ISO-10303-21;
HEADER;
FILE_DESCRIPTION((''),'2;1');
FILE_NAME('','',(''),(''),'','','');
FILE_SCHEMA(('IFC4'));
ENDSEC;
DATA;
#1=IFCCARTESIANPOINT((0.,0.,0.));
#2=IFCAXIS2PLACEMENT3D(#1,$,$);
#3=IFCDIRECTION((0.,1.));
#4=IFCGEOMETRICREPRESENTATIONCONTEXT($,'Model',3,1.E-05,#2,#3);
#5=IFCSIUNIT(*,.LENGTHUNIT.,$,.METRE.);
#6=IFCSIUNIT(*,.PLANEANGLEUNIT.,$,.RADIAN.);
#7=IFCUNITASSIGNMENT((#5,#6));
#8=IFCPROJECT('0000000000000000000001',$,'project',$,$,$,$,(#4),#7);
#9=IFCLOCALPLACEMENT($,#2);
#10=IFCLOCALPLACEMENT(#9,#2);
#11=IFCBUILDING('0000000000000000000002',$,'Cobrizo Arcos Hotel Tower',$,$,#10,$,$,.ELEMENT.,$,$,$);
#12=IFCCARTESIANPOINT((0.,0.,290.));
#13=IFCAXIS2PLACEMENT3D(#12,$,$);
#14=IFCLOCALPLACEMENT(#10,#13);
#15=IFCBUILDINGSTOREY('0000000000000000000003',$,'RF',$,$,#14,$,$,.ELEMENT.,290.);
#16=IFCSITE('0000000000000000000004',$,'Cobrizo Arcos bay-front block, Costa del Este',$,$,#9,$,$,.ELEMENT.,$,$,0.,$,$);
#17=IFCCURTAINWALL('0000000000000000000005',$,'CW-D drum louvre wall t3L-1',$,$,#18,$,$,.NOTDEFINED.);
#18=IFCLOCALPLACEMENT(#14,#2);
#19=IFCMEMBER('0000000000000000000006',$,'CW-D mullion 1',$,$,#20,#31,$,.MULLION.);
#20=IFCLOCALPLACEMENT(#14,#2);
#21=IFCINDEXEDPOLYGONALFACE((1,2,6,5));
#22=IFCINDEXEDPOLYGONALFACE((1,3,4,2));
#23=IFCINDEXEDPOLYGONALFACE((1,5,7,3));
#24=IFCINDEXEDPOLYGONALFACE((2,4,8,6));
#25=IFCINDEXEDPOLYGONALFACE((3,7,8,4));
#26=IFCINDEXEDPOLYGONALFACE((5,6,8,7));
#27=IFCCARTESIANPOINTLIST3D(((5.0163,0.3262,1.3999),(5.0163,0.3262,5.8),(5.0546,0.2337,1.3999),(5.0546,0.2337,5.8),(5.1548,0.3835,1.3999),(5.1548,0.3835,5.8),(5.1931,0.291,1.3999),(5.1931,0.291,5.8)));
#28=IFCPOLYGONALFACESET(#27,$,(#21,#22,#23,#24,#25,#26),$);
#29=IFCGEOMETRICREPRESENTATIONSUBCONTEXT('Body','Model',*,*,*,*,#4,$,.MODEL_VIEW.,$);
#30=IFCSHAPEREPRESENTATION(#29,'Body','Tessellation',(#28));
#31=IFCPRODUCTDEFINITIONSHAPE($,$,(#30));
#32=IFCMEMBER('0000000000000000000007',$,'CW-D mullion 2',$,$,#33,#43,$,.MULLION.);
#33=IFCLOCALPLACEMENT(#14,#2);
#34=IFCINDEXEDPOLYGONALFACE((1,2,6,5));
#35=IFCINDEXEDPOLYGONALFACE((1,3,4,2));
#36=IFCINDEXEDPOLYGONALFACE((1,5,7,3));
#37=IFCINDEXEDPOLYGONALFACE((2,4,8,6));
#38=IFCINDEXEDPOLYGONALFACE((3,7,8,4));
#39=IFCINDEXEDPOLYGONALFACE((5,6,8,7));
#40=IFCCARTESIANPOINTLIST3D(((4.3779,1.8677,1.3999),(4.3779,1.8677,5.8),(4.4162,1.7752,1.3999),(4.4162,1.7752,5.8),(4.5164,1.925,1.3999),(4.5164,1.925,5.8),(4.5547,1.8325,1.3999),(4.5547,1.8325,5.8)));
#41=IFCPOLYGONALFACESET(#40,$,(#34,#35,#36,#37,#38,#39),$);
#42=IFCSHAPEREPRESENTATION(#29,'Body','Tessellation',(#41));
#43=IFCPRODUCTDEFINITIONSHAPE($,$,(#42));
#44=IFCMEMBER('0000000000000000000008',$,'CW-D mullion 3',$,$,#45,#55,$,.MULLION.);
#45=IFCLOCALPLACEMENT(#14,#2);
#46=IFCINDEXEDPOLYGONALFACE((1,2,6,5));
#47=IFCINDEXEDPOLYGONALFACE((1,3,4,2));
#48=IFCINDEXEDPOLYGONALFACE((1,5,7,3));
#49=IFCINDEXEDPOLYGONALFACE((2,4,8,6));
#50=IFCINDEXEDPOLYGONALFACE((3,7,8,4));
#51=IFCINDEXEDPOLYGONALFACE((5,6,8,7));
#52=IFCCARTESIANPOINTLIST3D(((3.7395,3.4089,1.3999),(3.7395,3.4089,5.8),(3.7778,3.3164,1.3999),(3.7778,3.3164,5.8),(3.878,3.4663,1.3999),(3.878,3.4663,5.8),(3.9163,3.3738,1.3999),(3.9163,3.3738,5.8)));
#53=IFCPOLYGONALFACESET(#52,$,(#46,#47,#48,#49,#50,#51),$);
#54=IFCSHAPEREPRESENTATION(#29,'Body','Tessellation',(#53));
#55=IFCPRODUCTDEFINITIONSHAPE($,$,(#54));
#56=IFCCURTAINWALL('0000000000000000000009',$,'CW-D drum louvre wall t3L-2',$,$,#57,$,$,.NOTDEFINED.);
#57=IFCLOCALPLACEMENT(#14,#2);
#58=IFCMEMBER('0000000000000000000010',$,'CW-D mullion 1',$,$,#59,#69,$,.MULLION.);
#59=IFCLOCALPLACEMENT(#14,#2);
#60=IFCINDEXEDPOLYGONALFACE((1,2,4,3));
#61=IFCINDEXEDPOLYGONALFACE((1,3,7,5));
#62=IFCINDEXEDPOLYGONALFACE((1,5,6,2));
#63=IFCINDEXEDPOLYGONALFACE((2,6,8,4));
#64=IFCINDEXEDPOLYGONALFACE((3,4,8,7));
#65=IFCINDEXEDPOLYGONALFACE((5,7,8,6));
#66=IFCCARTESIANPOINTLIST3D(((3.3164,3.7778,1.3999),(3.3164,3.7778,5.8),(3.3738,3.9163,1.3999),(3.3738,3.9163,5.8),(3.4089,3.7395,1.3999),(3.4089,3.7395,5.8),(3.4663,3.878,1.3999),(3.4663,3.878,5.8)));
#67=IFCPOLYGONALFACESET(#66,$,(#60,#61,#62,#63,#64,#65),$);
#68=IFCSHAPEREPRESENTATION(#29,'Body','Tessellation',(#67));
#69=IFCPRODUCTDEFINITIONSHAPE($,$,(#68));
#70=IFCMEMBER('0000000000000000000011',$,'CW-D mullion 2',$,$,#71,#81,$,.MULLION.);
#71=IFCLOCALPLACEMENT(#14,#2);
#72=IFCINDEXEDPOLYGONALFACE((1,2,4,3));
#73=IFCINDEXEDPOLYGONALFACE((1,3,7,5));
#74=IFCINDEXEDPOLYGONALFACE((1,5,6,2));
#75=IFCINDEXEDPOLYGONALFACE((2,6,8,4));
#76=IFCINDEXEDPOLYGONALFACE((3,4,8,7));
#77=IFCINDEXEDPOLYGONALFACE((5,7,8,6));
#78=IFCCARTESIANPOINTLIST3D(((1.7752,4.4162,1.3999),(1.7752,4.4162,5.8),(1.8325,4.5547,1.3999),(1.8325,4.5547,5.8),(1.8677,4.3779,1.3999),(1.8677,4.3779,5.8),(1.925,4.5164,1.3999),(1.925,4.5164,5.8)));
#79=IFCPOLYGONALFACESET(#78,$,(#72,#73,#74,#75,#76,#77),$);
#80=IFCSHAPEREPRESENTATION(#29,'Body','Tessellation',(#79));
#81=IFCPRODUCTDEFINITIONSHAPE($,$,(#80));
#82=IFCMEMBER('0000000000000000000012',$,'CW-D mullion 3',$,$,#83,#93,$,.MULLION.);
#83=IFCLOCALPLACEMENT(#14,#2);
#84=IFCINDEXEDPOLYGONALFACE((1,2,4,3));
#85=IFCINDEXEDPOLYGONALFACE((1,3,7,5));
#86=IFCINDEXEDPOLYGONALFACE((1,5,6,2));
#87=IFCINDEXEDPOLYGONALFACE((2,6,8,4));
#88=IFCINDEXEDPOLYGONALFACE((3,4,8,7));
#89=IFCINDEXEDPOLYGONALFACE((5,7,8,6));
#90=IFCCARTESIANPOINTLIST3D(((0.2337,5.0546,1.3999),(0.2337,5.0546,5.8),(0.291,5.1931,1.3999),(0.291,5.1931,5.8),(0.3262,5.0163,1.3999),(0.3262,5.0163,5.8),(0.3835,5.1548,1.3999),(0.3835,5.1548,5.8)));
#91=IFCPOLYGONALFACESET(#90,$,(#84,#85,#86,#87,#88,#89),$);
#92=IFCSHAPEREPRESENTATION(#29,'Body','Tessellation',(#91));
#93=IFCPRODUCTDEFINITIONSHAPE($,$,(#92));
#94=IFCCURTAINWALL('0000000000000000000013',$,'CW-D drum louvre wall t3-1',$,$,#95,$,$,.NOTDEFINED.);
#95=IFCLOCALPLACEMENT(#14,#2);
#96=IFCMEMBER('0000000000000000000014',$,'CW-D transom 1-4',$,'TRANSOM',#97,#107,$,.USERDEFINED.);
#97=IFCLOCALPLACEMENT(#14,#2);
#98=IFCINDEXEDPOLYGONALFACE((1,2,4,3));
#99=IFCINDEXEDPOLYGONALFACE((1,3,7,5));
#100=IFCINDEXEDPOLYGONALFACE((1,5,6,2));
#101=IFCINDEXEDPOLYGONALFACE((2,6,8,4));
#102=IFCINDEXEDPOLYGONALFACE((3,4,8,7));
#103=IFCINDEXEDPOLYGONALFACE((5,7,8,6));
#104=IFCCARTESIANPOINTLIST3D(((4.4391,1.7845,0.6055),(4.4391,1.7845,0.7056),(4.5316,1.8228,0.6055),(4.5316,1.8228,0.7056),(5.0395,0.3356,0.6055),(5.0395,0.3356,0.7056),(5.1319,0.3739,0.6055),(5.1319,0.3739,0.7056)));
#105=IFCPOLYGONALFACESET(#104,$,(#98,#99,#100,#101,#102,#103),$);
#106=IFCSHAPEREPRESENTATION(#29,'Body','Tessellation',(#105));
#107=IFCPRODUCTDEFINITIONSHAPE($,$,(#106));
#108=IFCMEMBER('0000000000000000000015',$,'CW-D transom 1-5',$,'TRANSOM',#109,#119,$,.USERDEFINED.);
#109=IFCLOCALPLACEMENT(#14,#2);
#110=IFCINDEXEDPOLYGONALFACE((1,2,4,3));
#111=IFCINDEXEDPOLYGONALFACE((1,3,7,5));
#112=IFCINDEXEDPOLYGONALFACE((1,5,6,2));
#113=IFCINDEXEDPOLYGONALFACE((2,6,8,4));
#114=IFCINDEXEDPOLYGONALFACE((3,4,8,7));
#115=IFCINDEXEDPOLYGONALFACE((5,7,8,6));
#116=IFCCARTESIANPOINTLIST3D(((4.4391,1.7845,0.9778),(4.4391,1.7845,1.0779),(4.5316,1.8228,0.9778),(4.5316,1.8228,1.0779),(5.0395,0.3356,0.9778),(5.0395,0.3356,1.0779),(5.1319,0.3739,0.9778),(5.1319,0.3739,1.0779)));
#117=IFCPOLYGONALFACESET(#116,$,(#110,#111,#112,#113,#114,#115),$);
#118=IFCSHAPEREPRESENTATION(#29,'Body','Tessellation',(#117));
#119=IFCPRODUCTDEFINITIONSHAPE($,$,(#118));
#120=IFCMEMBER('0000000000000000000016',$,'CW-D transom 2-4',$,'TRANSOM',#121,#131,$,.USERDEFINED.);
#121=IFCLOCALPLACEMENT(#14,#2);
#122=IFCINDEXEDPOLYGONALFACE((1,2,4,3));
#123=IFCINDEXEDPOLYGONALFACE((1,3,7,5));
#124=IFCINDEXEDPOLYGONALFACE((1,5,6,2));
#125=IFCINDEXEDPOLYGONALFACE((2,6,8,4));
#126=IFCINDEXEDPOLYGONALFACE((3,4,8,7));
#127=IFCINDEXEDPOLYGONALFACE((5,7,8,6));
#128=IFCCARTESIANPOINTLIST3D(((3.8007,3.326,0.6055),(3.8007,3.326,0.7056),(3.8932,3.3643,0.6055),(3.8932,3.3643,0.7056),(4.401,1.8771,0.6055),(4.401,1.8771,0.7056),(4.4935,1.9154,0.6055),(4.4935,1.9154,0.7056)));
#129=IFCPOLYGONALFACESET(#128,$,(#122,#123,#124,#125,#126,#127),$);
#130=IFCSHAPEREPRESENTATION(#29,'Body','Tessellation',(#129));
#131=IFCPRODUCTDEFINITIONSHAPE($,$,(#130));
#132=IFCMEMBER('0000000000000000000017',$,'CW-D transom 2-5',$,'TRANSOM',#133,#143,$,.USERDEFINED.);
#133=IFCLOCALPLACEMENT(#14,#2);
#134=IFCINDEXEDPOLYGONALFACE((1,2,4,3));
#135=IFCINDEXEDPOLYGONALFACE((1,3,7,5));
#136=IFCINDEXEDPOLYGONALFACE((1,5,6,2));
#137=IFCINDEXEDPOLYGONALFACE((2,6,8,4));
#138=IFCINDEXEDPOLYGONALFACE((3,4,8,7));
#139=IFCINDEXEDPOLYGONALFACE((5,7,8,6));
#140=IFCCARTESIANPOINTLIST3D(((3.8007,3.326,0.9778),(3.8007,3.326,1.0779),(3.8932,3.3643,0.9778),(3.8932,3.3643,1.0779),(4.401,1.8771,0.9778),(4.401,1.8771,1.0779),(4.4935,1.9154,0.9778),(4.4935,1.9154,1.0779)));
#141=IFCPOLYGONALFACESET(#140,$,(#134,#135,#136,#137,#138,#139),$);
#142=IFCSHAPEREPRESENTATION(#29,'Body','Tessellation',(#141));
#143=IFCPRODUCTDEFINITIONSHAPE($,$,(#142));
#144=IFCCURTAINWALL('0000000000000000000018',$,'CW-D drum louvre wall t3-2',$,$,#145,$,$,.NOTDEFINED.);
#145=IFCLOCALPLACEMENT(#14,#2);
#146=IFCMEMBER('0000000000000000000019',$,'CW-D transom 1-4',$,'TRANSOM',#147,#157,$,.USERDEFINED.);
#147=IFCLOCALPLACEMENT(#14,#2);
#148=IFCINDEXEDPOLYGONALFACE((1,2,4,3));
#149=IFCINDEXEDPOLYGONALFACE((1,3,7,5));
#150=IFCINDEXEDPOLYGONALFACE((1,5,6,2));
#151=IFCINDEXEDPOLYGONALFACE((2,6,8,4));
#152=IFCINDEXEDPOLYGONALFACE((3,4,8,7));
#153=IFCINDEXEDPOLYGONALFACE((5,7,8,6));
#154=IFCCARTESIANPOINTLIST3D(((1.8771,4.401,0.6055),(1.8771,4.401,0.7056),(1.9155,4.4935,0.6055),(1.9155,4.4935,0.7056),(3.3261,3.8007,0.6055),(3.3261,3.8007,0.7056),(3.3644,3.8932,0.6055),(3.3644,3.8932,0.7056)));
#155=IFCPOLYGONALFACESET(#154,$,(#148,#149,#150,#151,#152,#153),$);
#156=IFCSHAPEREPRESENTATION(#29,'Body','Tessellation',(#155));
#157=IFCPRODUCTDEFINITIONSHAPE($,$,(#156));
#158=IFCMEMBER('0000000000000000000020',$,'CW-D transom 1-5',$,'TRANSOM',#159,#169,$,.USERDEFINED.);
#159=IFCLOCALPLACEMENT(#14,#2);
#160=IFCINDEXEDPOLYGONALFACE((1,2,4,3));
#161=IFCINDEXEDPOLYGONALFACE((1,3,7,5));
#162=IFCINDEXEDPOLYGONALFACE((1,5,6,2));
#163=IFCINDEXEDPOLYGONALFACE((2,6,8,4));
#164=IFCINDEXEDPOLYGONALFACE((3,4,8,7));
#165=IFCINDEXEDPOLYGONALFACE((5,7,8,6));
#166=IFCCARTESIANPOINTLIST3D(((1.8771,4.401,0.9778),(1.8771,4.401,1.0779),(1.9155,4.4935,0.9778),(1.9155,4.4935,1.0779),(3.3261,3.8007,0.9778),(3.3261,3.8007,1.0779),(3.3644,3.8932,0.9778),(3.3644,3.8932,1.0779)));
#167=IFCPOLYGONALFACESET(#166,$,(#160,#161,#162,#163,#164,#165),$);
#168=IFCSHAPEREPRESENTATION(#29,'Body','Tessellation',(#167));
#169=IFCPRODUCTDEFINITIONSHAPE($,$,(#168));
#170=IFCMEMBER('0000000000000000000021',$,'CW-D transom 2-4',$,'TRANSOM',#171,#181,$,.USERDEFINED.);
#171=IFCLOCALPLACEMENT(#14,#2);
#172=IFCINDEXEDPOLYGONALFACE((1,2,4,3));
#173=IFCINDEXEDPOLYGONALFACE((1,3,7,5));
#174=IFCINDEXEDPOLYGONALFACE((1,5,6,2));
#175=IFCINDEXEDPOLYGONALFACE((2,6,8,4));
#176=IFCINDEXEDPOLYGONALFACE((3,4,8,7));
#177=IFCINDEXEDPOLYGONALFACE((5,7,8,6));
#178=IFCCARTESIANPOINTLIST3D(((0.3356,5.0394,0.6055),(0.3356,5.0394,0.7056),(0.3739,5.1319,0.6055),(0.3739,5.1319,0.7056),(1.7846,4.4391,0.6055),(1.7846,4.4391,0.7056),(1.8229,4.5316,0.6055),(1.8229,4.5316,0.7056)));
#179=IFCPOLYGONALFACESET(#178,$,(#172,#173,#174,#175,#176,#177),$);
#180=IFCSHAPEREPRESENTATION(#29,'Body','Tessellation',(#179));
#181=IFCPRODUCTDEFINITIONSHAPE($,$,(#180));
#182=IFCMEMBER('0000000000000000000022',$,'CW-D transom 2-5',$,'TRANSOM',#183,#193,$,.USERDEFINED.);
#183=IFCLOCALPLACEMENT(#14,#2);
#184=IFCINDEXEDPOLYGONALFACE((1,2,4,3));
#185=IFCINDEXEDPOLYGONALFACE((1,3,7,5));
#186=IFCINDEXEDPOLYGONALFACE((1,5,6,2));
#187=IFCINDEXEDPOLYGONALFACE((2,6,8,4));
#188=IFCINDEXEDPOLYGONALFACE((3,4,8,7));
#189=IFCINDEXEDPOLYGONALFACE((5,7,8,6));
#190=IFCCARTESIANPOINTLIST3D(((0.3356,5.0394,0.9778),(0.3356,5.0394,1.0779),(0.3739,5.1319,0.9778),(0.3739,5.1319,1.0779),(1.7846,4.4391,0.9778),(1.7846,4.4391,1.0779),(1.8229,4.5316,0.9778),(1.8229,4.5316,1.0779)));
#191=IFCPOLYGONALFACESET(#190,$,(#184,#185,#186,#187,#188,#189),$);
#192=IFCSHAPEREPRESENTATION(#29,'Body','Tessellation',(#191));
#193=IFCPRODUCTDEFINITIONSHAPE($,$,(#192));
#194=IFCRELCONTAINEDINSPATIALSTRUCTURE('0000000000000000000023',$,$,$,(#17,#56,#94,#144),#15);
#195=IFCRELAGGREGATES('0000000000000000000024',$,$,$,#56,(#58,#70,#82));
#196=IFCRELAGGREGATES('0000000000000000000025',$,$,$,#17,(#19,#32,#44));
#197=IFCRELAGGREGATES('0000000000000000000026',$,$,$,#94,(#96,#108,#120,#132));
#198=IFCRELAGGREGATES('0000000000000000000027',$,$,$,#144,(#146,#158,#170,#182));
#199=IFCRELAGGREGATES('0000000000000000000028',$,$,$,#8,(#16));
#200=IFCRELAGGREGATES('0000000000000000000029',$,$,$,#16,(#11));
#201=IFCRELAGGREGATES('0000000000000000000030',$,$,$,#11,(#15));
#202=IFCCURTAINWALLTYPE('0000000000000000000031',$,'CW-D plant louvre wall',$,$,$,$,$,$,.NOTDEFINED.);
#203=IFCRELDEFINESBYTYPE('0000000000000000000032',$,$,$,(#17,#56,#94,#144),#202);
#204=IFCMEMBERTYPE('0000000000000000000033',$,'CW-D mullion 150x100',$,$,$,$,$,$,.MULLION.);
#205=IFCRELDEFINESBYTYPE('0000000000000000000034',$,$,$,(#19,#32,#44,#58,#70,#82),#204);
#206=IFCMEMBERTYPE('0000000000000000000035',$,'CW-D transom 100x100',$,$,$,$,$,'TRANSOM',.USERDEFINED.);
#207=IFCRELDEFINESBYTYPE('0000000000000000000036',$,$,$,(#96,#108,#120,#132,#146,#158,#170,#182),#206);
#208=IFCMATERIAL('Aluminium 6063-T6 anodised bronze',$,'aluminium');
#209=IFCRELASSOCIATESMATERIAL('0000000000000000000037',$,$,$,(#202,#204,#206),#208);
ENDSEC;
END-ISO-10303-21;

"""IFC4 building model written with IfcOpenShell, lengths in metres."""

from ifc_helpers import new_model, si_unit, direction, frame, origin, origin_2d, place, context, subcontext, project, spatial, rectangle, extrude, material, material_profile, profile_set, type_object, element, aggregate, save


model = new_model("IFC4")

# Units and contexts
model_context = context("Model", 3, precision=1e-05, world=origin(), true_north=direction((0.0, 1.0)))
body_context = subcontext(model_context, "Body", "Model", "MODEL_VIEW")
ifc_project = project(units=[si_unit("LENGTHUNIT", "METRE"), si_unit("PLANEANGLEUNIT", "RADIAN")], contexts=[model_context])

# Site, building, storey
site_placement = place(None, origin())
site = spatial("IfcSite", under=ifc_project, at=site_placement, Name="Cobrizo Arcos bay-front block, Costa del Este", CompositionType="ELEMENT", RefElevation=0.0)
building_placement = place(site_placement, origin())
building = spatial("IfcBuilding", under=site, at=building_placement, Name="Cobrizo Arcos Hotel Tower", CompositionType="ELEMENT")
storey_placement = place(building_placement, frame((0.0, 0.0, 290.0)))
storey = spatial("IfcBuildingStorey", under=building, at=storey_placement, Name="RF", CompositionType="ELEMENT", Elevation=290.0)

# Curtain walls, members
ifc_material_1 = material(Name="Aluminium 6063-T6 anodised bronze", Category="aluminium")
curtain_wall_type = type_object("IfcCurtainWallType", Name="CW-D plant louvre wall", PredefinedType="NOTDEFINED", material=ifc_material_1)
curtain_wall_1_placement = place(storey_placement, origin())
curtain_wall_1 = element("IfcCurtainWall", 1, at=curtain_wall_1_placement, inside=storey, type_object=curtain_wall_type, Name="CW-D drum louvre wall t3L-1", PredefinedType="NOTDEFINED")
ifc_material_profile_1 = material_profile(ifc_material_1, rectangle(XDim=0.1499, YDim=0.1001, at=origin_2d()), Name="CW-D mullion 150x100")
ifc_profile_set_1 = profile_set([ifc_material_profile_1], Name="Aluminium 6063-T6 anodised bronze")
member_type_1 = type_object("IfcMemberType", Name="CW-D mullion 150x100", PredefinedType="MULLION", material=ifc_profile_set_1)
member_1_placement = place(storey_placement, frame((5.1047, 0.3086, 1.3999), z_axis=(0.0, 0.0, 1.0), x_axis=(0.92388, 0.382683, 0.0)))
member_1 = element("IfcMember", 2, at=member_1_placement, type_object=member_type_1, Name="CW-D mullion 1", PredefinedType="MULLION", context=body_context, shape_type="SweptSolid", body=[
    extrude(rectangle(XDim=0.1499, YDim=0.1001, at=origin_2d()), origin(), (0.0, 0.0, 1.0), 4.4001),
])
member_2_placement = place(storey_placement, frame((4.4663, 1.8501, 1.3999), z_axis=(0.0, 0.0, 1.0), x_axis=(0.92388, 0.382683, 0.0)))
member_2 = element("IfcMember", 3, at=member_2_placement, type_object=member_type_1, Name="CW-D mullion 2", PredefinedType="MULLION", context=body_context, shape_type="SweptSolid", body=[
    extrude(rectangle(XDim=0.1499, YDim=0.1001, at=origin_2d()), origin(), (0.0, 0.0, 1.0), 4.4001),
])
member_3_placement = place(storey_placement, frame((3.8279, 3.3914, 1.3999), z_axis=(0.0, 0.0, 1.0), x_axis=(0.92388, 0.382683, 0.0)))
member_3 = element("IfcMember", 4, at=member_3_placement, type_object=member_type_1, Name="CW-D mullion 3", PredefinedType="MULLION", context=body_context, shape_type="SweptSolid", body=[
    extrude(rectangle(XDim=0.1499, YDim=0.1001, at=origin_2d()), origin(), (0.0, 0.0, 1.0), 4.4001),
])
curtain_wall_2_placement = place(storey_placement, origin())
curtain_wall_2 = element("IfcCurtainWall", 5, at=curtain_wall_2_placement, inside=storey, type_object=curtain_wall_type, Name="CW-D drum louvre wall t3L-2", PredefinedType="NOTDEFINED")
member_4_placement = place(storey_placement, frame((3.3914, 3.8279, 1.3999), z_axis=(0.0, 0.0, 1.0), x_axis=(0.382683, 0.92388, 0.0)))
member_4 = element("IfcMember", 6, at=member_4_placement, type_object=member_type_1, Name="CW-D mullion 1", PredefinedType="MULLION", context=body_context, shape_type="SweptSolid", body=[
    extrude(rectangle(XDim=0.1499, YDim=0.1001, at=origin_2d()), origin(), (0.0, 0.0, 1.0), 4.4001),
])
member_5_placement = place(storey_placement, frame((1.8501, 4.4663, 1.3999), z_axis=(0.0, 0.0, 1.0), x_axis=(0.382683, 0.92388, 0.0)))
member_5 = element("IfcMember", 7, at=member_5_placement, type_object=member_type_1, Name="CW-D mullion 2", PredefinedType="MULLION", context=body_context, shape_type="SweptSolid", body=[
    extrude(rectangle(XDim=0.1499, YDim=0.1001, at=origin_2d()), origin(), (0.0, 0.0, 1.0), 4.4001),
])
member_6_placement = place(storey_placement, frame((0.3086, 5.1047, 1.3999), z_axis=(0.0, 0.0, 1.0), x_axis=(0.382683, 0.92388, 0.0)))
member_6 = element("IfcMember", 8, at=member_6_placement, type_object=member_type_1, Name="CW-D mullion 3", PredefinedType="MULLION", context=body_context, shape_type="SweptSolid", body=[
    extrude(rectangle(XDim=0.1499, YDim=0.1001, at=origin_2d()), origin(), (0.0, 0.0, 1.0), 4.4001),
])
aggregate(curtain_wall_2, [member_4, member_5, member_6])
curtain_wall_3_placement = place(storey_placement, origin())
curtain_wall_3 = element("IfcCurtainWall", 9, at=curtain_wall_3_placement, inside=storey, type_object=curtain_wall_type, Name="CW-D drum louvre wall t3-1", PredefinedType="NOTDEFINED")
ifc_material_profile_2 = material_profile(ifc_material_1, rectangle(XDim=0.1001, YDim=0.1001, at=origin_2d()), Name="CW-D transom 100x100")
ifc_profile_set_2 = profile_set([ifc_material_profile_2], Name="Aluminium 6063-T6 anodised bronze")
member_type_2 = type_object("IfcMemberType", Name="CW-D transom 100x100", ElementType="TRANSOM", PredefinedType="USERDEFINED", material=ifc_profile_set_2)
member_7_placement = place(storey_placement, frame((5.0857, 0.3547, 0.6555), z_axis=(-0.382769, 0.923844, 0.0), x_axis=(-0.923844, -0.382769, 0.0)))
member_7 = element("IfcMember", 10, at=member_7_placement, type_object=member_type_2, Name="CW-D transom 1-4", ObjectType="TRANSOM", PredefinedType="USERDEFINED", context=body_context, shape_type="SweptSolid", body=[
    extrude(rectangle(XDim=0.1001, YDim=0.1001, at=origin_2d()), origin(), (0.0, 0.0, 1.0), 1.5684),
])
member_8_placement = place(storey_placement, frame((5.0857, 0.3547, 1.0278), z_axis=(-0.382769, 0.923844, 0.0), x_axis=(-0.923844, -0.382769, 0.0)))
member_8 = element("IfcMember", 11, at=member_8_placement, type_object=member_type_2, Name="CW-D transom 1-5", ObjectType="TRANSOM", PredefinedType="USERDEFINED", context=body_context, shape_type="SweptSolid", body=[
    extrude(rectangle(XDim=0.1001, YDim=0.1001, at=origin_2d()), origin(), (0.0, 0.0, 1.0), 1.5684),
])
member_9_placement = place(storey_placement, frame((4.4473, 1.8962, 0.6555), z_axis=(-0.382769, 0.923844, 0.0), x_axis=(-0.923844, -0.382769, 0.0)))
member_9 = element("IfcMember", 12, at=member_9_placement, type_object=member_type_2, Name="CW-D transom 2-4", ObjectType="TRANSOM", PredefinedType="USERDEFINED", context=body_context, shape_type="SweptSolid", body=[
    extrude(rectangle(XDim=0.1001, YDim=0.1001, at=origin_2d()), origin(), (0.0, 0.0, 1.0), 1.5684),
])
member_10_placement = place(storey_placement, frame((4.4473, 1.8962, 1.0278), z_axis=(-0.382769, 0.923844, 0.0), x_axis=(-0.923844, -0.382769, 0.0)))
member_10 = element("IfcMember", 13, at=member_10_placement, type_object=member_type_2, Name="CW-D transom 2-5", ObjectType="TRANSOM", PredefinedType="USERDEFINED", context=body_context, shape_type="SweptSolid", body=[
    extrude(rectangle(XDim=0.1001, YDim=0.1001, at=origin_2d()), origin(), (0.0, 0.0, 1.0), 1.5684),
])
curtain_wall_4_placement = place(storey_placement, origin())
curtain_wall_4 = element("IfcCurtainWall", 14, at=curtain_wall_4_placement, inside=storey, type_object=curtain_wall_type, Name="CW-D drum louvre wall t3-2", PredefinedType="NOTDEFINED")
member_11_placement = place(storey_placement, frame((3.3452, 3.8469, 0.6555), z_axis=(-0.923844, 0.382769, 0.0), x_axis=(-0.382769, -0.923844, 0.0)))
member_11 = element("IfcMember", 15, at=member_11_placement, type_object=member_type_2, Name="CW-D transom 1-4", ObjectType="TRANSOM", PredefinedType="USERDEFINED", context=body_context, shape_type="SweptSolid", body=[
    extrude(rectangle(XDim=0.1001, YDim=0.1001, at=origin_2d()), origin(), (0.0, 0.0, 1.0), 1.5684),
])
member_12_placement = place(storey_placement, frame((3.3452, 3.8469, 1.0278), z_axis=(-0.923844, 0.382769, 0.0), x_axis=(-0.382769, -0.923844, 0.0)))
member_12 = element("IfcMember", 16, at=member_12_placement, type_object=member_type_2, Name="CW-D transom 1-5", ObjectType="TRANSOM", PredefinedType="USERDEFINED", context=body_context, shape_type="SweptSolid", body=[
    extrude(rectangle(XDim=0.1001, YDim=0.1001, at=origin_2d()), origin(), (0.0, 0.0, 1.0), 1.5684),
])
member_13_placement = place(storey_placement, frame((1.8037, 4.4854, 0.6555), z_axis=(-0.923844, 0.382769, 0.0), x_axis=(-0.382769, -0.923844, 0.0)))
member_13 = element("IfcMember", 17, at=member_13_placement, type_object=member_type_2, Name="CW-D transom 2-4", ObjectType="TRANSOM", PredefinedType="USERDEFINED", context=body_context, shape_type="SweptSolid", body=[
    extrude(rectangle(XDim=0.1001, YDim=0.1001, at=origin_2d()), origin(), (0.0, 0.0, 1.0), 1.5684),
])
member_14_placement = place(storey_placement, frame((1.8037, 4.4854, 1.0278), z_axis=(-0.923844, 0.382769, 0.0), x_axis=(-0.382769, -0.923844, 0.0)))
member_14 = element("IfcMember", 18, at=member_14_placement, type_object=member_type_2, Name="CW-D transom 2-5", ObjectType="TRANSOM", PredefinedType="USERDEFINED", context=body_context, shape_type="SweptSolid", body=[
    extrude(rectangle(XDim=0.1001, YDim=0.1001, at=origin_2d()), origin(), (0.0, 0.0, 1.0), 1.5684),
])

aggregate(curtain_wall_1, [member_1, member_2, member_3])
aggregate(curtain_wall_3, [member_7, member_8, member_9, member_10])
aggregate(curtain_wall_4, [member_11, member_12, member_13, member_14])

save(model, "model.ifc")
